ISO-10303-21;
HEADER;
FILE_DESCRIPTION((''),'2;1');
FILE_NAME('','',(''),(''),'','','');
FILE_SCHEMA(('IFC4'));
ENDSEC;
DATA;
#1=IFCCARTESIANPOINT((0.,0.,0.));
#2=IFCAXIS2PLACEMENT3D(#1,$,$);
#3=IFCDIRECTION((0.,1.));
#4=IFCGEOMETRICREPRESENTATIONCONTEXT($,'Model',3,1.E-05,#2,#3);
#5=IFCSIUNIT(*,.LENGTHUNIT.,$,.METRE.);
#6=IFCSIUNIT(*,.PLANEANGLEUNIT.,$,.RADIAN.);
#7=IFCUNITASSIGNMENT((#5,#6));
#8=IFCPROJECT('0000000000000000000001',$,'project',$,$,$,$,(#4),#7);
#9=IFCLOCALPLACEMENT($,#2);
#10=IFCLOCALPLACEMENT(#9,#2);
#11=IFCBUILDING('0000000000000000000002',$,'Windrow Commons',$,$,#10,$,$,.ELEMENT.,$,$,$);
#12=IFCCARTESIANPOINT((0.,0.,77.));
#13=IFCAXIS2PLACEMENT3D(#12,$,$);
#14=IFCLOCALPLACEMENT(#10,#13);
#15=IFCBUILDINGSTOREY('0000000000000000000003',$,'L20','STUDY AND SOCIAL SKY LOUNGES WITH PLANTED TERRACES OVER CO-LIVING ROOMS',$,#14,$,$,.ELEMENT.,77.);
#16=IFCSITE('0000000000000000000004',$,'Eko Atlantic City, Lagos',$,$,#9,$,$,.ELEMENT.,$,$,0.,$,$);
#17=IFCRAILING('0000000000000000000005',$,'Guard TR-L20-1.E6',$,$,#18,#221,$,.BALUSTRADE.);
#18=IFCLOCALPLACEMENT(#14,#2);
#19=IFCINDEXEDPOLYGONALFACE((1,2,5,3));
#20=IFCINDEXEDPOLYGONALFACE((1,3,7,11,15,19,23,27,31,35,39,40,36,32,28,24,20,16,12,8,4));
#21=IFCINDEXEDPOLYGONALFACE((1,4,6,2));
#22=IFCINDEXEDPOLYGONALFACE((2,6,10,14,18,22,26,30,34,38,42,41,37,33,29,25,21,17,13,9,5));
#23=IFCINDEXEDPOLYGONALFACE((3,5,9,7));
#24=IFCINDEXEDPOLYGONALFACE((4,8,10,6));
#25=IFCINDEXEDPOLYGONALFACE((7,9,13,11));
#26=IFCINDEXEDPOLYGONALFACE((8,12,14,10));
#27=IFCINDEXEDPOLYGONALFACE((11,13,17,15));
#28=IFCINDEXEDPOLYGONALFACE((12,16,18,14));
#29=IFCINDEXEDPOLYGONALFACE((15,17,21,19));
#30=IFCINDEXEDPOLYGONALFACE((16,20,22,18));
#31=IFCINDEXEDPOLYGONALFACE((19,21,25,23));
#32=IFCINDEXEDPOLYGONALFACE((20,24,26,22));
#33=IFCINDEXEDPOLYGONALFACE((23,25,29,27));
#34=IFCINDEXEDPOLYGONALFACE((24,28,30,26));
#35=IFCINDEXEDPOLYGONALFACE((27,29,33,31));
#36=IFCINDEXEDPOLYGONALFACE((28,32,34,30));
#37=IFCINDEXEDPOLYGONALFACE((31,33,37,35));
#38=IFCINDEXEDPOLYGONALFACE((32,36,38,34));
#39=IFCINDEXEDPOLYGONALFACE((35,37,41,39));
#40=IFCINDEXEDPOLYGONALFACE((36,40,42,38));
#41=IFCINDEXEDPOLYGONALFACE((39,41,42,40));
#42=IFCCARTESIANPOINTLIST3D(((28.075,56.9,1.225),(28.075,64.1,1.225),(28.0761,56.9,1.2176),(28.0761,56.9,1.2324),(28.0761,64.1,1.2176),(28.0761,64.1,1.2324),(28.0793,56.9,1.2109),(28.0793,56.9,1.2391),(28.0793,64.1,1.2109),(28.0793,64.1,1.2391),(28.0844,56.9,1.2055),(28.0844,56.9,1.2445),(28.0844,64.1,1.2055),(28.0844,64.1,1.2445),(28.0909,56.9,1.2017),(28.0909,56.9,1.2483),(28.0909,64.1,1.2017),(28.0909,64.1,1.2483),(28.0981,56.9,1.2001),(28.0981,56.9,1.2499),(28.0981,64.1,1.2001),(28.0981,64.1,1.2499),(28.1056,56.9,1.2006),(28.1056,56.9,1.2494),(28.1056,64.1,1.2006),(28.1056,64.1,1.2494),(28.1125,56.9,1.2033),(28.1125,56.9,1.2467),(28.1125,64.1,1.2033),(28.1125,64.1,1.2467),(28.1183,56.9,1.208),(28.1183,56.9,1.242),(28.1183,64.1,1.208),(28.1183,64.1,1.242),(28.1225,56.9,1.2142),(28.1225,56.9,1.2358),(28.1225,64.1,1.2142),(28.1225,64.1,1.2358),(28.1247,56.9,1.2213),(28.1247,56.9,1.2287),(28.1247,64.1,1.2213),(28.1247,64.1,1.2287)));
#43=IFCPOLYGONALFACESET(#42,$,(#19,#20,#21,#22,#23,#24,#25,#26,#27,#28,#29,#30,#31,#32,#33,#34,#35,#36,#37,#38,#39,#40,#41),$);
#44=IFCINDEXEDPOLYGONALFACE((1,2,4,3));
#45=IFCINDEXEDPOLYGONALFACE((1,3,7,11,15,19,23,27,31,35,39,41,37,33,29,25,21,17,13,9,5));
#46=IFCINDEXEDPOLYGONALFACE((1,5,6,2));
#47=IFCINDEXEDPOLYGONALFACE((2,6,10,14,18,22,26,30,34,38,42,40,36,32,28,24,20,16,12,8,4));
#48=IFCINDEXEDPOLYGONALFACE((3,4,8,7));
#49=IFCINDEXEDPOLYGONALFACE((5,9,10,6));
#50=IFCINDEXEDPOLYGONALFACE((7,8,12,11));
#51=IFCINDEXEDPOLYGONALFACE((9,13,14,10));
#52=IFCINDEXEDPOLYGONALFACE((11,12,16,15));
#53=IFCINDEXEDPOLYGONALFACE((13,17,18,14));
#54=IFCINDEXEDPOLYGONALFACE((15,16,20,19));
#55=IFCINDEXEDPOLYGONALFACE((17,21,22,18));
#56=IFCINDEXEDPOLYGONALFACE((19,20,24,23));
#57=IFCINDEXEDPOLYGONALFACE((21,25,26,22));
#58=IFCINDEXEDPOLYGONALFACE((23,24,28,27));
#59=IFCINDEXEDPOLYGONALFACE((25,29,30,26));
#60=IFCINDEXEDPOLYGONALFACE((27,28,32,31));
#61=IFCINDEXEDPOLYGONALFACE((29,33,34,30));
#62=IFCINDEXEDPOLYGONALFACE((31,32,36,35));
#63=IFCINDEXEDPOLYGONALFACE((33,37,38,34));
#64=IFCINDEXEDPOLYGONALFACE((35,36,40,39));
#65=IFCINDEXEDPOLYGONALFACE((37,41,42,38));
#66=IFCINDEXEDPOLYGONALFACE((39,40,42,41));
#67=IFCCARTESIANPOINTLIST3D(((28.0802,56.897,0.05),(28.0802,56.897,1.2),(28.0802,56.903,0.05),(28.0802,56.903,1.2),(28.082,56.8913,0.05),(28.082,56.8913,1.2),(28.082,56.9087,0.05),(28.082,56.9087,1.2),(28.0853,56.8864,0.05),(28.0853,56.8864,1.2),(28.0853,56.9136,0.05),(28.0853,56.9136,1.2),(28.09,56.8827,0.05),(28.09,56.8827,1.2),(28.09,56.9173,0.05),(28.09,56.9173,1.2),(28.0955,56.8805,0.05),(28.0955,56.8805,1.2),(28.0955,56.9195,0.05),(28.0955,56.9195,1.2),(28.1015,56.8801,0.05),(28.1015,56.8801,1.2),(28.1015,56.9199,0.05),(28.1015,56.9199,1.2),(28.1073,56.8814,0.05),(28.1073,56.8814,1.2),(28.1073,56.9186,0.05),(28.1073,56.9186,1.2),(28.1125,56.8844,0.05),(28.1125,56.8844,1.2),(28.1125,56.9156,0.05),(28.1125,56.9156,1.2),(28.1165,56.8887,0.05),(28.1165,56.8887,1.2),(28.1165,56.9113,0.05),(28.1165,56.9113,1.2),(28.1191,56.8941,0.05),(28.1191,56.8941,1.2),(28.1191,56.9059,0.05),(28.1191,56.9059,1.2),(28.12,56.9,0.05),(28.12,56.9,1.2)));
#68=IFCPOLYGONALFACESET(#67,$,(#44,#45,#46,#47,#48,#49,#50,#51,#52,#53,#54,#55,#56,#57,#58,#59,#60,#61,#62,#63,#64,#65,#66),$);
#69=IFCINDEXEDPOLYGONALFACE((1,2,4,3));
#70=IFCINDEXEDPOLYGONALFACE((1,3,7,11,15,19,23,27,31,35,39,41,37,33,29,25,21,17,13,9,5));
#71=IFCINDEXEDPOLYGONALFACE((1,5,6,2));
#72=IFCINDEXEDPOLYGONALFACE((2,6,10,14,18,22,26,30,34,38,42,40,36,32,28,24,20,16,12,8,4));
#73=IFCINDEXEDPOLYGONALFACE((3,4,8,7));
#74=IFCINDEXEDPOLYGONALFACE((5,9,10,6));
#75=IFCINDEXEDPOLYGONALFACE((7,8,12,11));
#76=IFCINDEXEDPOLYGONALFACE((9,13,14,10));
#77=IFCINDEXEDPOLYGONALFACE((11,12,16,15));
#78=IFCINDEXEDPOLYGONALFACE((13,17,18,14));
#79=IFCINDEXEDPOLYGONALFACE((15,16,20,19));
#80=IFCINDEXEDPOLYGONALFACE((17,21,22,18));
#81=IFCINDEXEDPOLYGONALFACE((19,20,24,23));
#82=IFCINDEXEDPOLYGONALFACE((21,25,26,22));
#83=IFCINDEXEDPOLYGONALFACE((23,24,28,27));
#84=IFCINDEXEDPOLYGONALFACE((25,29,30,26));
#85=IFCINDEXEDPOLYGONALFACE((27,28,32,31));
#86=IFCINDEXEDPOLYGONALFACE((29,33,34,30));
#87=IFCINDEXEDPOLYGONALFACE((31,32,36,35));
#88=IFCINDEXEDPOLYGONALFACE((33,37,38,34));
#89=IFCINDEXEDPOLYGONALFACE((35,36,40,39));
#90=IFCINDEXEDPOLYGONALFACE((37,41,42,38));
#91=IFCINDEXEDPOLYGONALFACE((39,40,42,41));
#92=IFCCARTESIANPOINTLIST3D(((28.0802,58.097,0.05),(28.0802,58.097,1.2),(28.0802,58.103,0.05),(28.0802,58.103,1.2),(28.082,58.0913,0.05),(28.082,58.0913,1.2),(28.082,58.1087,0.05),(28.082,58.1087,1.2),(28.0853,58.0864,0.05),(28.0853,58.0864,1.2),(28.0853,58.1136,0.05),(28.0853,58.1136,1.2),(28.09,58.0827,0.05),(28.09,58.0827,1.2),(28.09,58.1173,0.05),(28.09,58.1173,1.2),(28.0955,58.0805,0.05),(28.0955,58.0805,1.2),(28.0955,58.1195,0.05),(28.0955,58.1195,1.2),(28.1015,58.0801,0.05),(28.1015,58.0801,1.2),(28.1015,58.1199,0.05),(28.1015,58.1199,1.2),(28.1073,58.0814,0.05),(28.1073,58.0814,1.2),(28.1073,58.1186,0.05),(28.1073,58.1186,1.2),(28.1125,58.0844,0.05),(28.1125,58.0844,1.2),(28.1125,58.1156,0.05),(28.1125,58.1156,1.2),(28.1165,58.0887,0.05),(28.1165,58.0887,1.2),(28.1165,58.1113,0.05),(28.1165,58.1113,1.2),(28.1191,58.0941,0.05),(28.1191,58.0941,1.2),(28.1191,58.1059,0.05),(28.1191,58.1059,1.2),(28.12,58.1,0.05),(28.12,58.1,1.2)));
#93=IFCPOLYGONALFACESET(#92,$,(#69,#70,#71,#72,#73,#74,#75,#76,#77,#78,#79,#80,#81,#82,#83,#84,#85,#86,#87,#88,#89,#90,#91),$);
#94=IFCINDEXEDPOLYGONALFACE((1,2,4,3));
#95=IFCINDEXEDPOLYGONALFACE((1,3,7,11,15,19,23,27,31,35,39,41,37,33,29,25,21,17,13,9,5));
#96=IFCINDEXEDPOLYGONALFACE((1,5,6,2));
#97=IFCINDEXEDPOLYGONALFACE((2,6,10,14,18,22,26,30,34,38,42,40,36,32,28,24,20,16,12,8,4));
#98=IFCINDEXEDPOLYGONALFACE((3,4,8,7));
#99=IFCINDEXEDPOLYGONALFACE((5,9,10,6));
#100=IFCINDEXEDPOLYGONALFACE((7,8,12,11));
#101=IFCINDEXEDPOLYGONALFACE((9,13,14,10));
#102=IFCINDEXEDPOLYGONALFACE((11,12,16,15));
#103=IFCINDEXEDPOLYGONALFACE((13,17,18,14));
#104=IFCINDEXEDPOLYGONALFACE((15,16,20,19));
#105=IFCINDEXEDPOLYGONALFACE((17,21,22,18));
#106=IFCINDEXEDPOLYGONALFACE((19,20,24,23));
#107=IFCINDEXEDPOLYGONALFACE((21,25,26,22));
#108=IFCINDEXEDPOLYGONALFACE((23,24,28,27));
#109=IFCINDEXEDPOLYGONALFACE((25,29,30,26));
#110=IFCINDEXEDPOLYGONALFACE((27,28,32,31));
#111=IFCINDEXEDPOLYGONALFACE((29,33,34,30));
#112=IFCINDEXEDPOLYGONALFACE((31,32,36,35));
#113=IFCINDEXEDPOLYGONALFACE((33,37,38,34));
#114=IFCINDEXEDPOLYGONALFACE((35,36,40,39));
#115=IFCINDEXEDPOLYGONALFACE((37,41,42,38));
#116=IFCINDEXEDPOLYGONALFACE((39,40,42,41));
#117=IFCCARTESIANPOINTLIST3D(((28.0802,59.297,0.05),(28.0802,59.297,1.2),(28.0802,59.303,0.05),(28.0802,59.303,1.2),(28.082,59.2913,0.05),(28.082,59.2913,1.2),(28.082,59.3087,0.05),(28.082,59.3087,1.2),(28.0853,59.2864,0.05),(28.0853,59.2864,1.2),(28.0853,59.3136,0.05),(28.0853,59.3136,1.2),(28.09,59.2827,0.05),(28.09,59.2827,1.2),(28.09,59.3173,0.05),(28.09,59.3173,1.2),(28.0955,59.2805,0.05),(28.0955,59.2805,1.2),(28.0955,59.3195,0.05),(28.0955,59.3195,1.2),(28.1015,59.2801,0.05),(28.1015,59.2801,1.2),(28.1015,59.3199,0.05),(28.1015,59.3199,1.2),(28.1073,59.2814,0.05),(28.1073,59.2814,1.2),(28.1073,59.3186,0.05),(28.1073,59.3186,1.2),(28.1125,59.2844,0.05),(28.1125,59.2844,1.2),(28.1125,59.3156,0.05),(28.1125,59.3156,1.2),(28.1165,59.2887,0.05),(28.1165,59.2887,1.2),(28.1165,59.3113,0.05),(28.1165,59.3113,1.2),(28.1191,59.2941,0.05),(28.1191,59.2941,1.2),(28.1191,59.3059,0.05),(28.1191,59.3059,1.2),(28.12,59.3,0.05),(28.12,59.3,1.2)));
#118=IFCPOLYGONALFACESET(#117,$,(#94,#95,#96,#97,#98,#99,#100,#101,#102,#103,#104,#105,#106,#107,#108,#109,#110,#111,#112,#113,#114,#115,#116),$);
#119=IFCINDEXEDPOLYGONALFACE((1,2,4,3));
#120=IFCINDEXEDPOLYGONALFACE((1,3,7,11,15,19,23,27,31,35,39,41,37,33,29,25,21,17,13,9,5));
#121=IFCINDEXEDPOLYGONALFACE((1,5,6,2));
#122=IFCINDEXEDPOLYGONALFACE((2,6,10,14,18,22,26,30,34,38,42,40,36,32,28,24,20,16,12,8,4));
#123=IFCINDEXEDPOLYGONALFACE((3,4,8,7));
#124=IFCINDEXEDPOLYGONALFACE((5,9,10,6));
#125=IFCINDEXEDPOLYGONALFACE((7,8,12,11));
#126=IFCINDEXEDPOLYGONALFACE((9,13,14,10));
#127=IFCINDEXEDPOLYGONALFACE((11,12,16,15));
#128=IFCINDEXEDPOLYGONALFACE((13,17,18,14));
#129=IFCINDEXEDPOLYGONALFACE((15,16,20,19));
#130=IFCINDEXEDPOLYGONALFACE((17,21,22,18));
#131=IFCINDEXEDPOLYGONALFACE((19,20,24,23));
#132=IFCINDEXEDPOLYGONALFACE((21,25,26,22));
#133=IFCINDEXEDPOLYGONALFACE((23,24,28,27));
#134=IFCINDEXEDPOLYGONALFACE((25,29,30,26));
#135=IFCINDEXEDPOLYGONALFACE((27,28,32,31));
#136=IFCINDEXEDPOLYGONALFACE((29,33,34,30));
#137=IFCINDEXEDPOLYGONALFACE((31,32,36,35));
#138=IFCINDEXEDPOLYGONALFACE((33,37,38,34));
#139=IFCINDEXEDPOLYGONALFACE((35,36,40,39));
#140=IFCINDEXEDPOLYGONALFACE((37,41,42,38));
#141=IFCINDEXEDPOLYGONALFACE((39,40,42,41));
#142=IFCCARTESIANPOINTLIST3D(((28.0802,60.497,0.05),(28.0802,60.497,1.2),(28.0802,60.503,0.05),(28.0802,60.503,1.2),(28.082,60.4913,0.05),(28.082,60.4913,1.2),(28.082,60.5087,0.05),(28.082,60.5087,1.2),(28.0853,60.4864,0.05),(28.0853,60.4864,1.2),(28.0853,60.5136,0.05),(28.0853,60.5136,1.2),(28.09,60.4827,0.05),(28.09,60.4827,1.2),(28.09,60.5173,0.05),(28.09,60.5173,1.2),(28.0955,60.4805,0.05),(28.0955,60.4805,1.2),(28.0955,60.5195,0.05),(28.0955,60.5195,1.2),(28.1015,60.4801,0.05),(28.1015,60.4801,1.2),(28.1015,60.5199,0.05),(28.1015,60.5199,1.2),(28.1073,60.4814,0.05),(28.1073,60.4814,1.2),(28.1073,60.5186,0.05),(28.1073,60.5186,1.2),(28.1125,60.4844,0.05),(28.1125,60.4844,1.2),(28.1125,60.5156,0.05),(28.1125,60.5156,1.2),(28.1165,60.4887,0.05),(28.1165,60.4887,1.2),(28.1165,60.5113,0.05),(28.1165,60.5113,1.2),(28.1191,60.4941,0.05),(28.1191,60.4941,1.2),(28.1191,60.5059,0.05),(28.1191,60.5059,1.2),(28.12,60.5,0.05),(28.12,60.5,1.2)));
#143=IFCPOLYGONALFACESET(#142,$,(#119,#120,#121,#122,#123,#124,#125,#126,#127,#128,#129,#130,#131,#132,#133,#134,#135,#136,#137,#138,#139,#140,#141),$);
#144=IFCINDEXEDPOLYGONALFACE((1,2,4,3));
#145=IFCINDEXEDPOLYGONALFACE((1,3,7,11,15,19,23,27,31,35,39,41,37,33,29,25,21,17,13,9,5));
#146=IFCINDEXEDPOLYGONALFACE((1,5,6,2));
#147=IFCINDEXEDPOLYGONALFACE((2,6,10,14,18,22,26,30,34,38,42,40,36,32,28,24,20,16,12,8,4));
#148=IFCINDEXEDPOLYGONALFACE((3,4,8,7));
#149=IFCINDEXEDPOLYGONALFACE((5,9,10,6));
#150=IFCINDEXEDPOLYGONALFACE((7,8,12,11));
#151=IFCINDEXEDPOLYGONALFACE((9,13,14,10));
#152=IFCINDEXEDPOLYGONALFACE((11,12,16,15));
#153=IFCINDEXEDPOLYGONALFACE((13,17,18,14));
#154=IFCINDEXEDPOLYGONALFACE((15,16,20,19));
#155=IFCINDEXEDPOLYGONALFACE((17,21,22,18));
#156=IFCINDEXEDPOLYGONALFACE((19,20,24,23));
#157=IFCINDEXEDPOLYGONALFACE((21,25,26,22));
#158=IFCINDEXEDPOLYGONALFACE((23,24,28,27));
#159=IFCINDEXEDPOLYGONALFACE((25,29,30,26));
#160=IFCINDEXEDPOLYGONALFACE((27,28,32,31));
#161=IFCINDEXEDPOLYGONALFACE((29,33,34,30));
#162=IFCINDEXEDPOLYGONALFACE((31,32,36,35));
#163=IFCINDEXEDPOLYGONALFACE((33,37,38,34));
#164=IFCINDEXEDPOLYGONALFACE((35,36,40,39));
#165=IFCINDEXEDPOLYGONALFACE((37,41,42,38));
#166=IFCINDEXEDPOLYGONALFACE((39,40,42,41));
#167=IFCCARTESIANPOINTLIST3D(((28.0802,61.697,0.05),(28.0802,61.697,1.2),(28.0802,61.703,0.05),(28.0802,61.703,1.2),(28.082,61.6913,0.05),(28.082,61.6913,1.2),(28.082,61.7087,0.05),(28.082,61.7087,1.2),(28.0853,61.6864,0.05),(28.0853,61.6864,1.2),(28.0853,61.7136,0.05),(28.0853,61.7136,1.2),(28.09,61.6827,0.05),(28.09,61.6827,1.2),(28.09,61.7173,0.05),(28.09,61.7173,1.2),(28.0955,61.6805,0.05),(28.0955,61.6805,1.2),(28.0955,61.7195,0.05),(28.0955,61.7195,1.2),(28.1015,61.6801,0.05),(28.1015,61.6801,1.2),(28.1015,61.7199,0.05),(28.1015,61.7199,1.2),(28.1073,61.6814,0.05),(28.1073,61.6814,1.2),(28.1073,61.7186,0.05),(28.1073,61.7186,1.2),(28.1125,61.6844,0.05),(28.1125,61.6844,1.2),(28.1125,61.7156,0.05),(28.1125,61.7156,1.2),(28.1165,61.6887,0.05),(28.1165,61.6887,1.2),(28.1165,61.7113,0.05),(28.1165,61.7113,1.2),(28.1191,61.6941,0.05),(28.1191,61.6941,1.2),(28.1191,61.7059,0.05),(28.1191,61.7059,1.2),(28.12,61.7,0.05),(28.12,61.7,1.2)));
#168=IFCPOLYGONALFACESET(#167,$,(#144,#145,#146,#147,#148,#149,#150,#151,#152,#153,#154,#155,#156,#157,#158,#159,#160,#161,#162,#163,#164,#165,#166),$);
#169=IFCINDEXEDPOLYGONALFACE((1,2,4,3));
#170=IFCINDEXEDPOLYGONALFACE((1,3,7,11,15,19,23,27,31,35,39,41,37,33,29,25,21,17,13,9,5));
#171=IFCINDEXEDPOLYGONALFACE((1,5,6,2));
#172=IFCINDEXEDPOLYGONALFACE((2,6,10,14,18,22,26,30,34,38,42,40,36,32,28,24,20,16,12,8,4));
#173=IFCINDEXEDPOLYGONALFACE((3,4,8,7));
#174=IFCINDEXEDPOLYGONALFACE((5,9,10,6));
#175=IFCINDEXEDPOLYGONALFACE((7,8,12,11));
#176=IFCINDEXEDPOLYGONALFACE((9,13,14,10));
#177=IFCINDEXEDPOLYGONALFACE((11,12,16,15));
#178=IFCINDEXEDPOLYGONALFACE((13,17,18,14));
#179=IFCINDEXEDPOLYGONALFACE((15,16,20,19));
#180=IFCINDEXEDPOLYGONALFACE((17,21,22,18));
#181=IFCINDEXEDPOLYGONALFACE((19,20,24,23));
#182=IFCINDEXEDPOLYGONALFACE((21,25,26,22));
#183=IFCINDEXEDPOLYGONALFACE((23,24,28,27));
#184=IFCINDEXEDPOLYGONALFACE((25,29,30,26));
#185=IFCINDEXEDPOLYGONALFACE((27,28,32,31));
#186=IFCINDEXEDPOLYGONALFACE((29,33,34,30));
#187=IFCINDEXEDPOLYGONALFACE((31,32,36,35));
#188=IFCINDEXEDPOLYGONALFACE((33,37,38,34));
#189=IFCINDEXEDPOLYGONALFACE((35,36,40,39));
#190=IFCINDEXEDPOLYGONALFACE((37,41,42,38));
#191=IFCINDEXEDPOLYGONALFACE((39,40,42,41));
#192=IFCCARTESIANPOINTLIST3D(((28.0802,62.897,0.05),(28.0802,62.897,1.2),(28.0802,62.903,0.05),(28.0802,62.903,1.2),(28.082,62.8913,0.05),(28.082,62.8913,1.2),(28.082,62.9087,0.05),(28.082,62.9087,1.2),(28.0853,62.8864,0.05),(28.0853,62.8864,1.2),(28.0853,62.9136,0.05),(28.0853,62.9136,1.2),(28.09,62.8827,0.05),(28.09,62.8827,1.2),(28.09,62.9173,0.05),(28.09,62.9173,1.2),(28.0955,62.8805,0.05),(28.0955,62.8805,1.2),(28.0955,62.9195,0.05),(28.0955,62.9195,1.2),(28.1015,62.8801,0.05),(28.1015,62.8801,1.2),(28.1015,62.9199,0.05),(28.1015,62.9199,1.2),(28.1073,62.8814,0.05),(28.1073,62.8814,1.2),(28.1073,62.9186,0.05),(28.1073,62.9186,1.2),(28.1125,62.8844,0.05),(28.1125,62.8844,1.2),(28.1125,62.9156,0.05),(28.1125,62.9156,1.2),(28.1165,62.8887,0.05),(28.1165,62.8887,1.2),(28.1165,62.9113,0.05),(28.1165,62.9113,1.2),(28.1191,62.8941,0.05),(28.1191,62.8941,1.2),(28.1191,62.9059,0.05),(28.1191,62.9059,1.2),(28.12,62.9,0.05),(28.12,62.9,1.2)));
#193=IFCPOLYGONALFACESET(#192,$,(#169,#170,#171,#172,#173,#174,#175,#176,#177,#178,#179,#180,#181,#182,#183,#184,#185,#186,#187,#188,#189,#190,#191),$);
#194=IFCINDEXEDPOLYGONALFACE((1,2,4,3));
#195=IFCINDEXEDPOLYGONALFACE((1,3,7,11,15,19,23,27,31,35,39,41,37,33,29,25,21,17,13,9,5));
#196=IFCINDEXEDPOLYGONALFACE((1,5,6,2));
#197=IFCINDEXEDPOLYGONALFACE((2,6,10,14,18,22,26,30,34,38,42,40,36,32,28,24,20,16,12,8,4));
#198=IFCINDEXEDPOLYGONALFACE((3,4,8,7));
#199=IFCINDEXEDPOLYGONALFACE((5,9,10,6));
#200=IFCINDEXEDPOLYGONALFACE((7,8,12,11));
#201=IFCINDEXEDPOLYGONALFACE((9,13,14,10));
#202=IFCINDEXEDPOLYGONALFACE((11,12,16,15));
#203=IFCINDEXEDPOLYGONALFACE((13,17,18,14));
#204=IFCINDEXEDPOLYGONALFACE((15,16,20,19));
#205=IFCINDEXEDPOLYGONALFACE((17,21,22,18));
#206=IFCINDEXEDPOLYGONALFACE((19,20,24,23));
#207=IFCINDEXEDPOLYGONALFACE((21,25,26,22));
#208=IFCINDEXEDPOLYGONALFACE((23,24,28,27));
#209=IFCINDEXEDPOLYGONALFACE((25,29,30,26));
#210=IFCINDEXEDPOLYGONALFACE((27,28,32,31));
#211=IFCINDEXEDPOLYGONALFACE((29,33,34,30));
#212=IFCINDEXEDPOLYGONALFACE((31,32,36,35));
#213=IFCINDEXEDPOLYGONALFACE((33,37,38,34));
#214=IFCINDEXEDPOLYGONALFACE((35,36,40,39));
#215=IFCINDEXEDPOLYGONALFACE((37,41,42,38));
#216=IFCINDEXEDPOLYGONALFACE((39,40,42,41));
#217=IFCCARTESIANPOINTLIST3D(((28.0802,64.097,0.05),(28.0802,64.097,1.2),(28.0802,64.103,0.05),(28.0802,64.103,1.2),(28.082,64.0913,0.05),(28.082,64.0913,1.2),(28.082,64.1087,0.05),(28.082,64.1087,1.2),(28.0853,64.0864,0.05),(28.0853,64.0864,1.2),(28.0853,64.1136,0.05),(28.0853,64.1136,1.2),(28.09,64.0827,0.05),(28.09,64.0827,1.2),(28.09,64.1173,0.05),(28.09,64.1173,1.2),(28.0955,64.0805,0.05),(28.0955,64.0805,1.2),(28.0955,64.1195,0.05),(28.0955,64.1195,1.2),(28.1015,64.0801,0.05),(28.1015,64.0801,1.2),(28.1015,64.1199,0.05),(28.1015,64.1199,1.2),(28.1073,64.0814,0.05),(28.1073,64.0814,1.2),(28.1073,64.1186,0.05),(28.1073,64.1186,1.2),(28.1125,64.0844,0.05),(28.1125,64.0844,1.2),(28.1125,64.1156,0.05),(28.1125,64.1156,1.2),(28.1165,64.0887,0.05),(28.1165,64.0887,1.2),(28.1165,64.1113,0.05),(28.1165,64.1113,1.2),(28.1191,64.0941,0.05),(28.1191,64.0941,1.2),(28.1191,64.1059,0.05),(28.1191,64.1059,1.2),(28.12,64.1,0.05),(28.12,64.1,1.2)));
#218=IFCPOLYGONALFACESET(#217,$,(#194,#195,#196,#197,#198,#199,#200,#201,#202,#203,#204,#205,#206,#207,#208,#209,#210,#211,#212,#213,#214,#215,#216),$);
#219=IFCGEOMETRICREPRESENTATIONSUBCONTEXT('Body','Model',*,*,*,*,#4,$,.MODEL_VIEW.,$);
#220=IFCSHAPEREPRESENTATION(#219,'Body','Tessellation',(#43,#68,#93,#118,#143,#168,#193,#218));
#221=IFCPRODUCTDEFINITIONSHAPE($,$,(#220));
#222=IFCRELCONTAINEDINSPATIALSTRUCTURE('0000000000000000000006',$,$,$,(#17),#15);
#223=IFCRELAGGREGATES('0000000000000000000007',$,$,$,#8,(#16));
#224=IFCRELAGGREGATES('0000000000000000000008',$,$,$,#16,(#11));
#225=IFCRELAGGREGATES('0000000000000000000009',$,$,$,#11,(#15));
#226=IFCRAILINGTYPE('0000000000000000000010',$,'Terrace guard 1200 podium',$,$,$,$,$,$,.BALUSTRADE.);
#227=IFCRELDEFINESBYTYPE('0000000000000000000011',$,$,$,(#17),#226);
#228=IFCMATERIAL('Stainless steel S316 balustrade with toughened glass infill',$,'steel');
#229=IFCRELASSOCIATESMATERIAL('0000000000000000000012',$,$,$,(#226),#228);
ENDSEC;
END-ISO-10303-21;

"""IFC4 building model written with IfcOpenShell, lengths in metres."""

from ifc_helpers import new_model, si_unit, direction, frame, origin, origin_2d, place, context, subcontext, project, spatial, circle, extrude, material, type_object, element, save


model = new_model("IFC4")

# Units and contexts
model_context = context("Model", 3, precision=1e-05, world=origin(), true_north=direction((0.0, 1.0)))
body_context = subcontext(model_context, "Body", "Model", "MODEL_VIEW")
ifc_project = project(units=[si_unit("LENGTHUNIT", "METRE"), si_unit("PLANEANGLEUNIT", "RADIAN")], contexts=[model_context])

# Site, building, storey
site_placement = place(None, origin())
site = spatial("IfcSite", under=ifc_project, at=site_placement, Name="Eko Atlantic City, Lagos", CompositionType="ELEMENT", RefElevation=0.0)
building_placement = place(site_placement, origin())
building = spatial("IfcBuilding", under=site, at=building_placement, Name="Windrow Commons", CompositionType="ELEMENT")
storey_placement = place(building_placement, frame((0.0, 0.0, 77.0)))
storey = spatial("IfcBuildingStorey", under=building, at=storey_placement, Name="L20", Description="STUDY AND SOCIAL SKY LOUNGES WITH PLANTED TERRACES OVER CO-LIVING ROOMS", CompositionType="ELEMENT", Elevation=77.0)

# Railing
ifc_material_1 = material(Name="Stainless steel S316 balustrade with toughened glass infill", Category="steel")
railing_type = type_object("IfcRailingType", Name="Terrace guard 1200 podium", PredefinedType="BALUSTRADE", material=ifc_material_1)
railing_1_placement = place(storey_placement, frame((28.1, 56.9, 0.05)))
element("IfcRailing", 1, at=railing_1_placement, inside=storey, type_object=railing_type, Name="Guard TR-L20-1.E6", PredefinedType="BALUSTRADE", context=body_context, shape_type="SweptSolid", body=[
    extrude(circle(Radius=0.025, at=origin_2d()), frame((0.0, 0.0, 1.175), z_axis=(0.0, 1.0, 0.0), x_axis=(-1.0, 0.0, 0.0)), (0.0, 0.0, 1.0), 7.2),
    extrude(circle(Radius=0.02, at=origin_2d()), origin(), (0.0, 0.0, 1.0), 1.15),
    extrude(circle(Radius=0.02, at=origin_2d()), frame((0.0, 1.2, 0.0)), (0.0, 0.0, 1.0), 1.15),
    extrude(circle(Radius=0.02, at=origin_2d()), frame((0.0, 2.4, 0.0)), (0.0, 0.0, 1.0), 1.15),
    extrude(circle(Radius=0.02, at=origin_2d()), frame((0.0, 3.6, 0.0)), (0.0, 0.0, 1.0), 1.15),
    extrude(circle(Radius=0.02, at=origin_2d()), frame((0.0, 4.8, 0.0)), (0.0, 0.0, 1.0), 1.15),
    extrude(circle(Radius=0.02, at=origin_2d()), frame((0.0, 6.0, 0.0)), (0.0, 0.0, 1.0), 1.15),
    extrude(circle(Radius=0.02, at=origin_2d()), frame((0.0, 7.2, 0.0)), (0.0, 0.0, 1.0), 1.15),
])

save(model, "model.ifc")
